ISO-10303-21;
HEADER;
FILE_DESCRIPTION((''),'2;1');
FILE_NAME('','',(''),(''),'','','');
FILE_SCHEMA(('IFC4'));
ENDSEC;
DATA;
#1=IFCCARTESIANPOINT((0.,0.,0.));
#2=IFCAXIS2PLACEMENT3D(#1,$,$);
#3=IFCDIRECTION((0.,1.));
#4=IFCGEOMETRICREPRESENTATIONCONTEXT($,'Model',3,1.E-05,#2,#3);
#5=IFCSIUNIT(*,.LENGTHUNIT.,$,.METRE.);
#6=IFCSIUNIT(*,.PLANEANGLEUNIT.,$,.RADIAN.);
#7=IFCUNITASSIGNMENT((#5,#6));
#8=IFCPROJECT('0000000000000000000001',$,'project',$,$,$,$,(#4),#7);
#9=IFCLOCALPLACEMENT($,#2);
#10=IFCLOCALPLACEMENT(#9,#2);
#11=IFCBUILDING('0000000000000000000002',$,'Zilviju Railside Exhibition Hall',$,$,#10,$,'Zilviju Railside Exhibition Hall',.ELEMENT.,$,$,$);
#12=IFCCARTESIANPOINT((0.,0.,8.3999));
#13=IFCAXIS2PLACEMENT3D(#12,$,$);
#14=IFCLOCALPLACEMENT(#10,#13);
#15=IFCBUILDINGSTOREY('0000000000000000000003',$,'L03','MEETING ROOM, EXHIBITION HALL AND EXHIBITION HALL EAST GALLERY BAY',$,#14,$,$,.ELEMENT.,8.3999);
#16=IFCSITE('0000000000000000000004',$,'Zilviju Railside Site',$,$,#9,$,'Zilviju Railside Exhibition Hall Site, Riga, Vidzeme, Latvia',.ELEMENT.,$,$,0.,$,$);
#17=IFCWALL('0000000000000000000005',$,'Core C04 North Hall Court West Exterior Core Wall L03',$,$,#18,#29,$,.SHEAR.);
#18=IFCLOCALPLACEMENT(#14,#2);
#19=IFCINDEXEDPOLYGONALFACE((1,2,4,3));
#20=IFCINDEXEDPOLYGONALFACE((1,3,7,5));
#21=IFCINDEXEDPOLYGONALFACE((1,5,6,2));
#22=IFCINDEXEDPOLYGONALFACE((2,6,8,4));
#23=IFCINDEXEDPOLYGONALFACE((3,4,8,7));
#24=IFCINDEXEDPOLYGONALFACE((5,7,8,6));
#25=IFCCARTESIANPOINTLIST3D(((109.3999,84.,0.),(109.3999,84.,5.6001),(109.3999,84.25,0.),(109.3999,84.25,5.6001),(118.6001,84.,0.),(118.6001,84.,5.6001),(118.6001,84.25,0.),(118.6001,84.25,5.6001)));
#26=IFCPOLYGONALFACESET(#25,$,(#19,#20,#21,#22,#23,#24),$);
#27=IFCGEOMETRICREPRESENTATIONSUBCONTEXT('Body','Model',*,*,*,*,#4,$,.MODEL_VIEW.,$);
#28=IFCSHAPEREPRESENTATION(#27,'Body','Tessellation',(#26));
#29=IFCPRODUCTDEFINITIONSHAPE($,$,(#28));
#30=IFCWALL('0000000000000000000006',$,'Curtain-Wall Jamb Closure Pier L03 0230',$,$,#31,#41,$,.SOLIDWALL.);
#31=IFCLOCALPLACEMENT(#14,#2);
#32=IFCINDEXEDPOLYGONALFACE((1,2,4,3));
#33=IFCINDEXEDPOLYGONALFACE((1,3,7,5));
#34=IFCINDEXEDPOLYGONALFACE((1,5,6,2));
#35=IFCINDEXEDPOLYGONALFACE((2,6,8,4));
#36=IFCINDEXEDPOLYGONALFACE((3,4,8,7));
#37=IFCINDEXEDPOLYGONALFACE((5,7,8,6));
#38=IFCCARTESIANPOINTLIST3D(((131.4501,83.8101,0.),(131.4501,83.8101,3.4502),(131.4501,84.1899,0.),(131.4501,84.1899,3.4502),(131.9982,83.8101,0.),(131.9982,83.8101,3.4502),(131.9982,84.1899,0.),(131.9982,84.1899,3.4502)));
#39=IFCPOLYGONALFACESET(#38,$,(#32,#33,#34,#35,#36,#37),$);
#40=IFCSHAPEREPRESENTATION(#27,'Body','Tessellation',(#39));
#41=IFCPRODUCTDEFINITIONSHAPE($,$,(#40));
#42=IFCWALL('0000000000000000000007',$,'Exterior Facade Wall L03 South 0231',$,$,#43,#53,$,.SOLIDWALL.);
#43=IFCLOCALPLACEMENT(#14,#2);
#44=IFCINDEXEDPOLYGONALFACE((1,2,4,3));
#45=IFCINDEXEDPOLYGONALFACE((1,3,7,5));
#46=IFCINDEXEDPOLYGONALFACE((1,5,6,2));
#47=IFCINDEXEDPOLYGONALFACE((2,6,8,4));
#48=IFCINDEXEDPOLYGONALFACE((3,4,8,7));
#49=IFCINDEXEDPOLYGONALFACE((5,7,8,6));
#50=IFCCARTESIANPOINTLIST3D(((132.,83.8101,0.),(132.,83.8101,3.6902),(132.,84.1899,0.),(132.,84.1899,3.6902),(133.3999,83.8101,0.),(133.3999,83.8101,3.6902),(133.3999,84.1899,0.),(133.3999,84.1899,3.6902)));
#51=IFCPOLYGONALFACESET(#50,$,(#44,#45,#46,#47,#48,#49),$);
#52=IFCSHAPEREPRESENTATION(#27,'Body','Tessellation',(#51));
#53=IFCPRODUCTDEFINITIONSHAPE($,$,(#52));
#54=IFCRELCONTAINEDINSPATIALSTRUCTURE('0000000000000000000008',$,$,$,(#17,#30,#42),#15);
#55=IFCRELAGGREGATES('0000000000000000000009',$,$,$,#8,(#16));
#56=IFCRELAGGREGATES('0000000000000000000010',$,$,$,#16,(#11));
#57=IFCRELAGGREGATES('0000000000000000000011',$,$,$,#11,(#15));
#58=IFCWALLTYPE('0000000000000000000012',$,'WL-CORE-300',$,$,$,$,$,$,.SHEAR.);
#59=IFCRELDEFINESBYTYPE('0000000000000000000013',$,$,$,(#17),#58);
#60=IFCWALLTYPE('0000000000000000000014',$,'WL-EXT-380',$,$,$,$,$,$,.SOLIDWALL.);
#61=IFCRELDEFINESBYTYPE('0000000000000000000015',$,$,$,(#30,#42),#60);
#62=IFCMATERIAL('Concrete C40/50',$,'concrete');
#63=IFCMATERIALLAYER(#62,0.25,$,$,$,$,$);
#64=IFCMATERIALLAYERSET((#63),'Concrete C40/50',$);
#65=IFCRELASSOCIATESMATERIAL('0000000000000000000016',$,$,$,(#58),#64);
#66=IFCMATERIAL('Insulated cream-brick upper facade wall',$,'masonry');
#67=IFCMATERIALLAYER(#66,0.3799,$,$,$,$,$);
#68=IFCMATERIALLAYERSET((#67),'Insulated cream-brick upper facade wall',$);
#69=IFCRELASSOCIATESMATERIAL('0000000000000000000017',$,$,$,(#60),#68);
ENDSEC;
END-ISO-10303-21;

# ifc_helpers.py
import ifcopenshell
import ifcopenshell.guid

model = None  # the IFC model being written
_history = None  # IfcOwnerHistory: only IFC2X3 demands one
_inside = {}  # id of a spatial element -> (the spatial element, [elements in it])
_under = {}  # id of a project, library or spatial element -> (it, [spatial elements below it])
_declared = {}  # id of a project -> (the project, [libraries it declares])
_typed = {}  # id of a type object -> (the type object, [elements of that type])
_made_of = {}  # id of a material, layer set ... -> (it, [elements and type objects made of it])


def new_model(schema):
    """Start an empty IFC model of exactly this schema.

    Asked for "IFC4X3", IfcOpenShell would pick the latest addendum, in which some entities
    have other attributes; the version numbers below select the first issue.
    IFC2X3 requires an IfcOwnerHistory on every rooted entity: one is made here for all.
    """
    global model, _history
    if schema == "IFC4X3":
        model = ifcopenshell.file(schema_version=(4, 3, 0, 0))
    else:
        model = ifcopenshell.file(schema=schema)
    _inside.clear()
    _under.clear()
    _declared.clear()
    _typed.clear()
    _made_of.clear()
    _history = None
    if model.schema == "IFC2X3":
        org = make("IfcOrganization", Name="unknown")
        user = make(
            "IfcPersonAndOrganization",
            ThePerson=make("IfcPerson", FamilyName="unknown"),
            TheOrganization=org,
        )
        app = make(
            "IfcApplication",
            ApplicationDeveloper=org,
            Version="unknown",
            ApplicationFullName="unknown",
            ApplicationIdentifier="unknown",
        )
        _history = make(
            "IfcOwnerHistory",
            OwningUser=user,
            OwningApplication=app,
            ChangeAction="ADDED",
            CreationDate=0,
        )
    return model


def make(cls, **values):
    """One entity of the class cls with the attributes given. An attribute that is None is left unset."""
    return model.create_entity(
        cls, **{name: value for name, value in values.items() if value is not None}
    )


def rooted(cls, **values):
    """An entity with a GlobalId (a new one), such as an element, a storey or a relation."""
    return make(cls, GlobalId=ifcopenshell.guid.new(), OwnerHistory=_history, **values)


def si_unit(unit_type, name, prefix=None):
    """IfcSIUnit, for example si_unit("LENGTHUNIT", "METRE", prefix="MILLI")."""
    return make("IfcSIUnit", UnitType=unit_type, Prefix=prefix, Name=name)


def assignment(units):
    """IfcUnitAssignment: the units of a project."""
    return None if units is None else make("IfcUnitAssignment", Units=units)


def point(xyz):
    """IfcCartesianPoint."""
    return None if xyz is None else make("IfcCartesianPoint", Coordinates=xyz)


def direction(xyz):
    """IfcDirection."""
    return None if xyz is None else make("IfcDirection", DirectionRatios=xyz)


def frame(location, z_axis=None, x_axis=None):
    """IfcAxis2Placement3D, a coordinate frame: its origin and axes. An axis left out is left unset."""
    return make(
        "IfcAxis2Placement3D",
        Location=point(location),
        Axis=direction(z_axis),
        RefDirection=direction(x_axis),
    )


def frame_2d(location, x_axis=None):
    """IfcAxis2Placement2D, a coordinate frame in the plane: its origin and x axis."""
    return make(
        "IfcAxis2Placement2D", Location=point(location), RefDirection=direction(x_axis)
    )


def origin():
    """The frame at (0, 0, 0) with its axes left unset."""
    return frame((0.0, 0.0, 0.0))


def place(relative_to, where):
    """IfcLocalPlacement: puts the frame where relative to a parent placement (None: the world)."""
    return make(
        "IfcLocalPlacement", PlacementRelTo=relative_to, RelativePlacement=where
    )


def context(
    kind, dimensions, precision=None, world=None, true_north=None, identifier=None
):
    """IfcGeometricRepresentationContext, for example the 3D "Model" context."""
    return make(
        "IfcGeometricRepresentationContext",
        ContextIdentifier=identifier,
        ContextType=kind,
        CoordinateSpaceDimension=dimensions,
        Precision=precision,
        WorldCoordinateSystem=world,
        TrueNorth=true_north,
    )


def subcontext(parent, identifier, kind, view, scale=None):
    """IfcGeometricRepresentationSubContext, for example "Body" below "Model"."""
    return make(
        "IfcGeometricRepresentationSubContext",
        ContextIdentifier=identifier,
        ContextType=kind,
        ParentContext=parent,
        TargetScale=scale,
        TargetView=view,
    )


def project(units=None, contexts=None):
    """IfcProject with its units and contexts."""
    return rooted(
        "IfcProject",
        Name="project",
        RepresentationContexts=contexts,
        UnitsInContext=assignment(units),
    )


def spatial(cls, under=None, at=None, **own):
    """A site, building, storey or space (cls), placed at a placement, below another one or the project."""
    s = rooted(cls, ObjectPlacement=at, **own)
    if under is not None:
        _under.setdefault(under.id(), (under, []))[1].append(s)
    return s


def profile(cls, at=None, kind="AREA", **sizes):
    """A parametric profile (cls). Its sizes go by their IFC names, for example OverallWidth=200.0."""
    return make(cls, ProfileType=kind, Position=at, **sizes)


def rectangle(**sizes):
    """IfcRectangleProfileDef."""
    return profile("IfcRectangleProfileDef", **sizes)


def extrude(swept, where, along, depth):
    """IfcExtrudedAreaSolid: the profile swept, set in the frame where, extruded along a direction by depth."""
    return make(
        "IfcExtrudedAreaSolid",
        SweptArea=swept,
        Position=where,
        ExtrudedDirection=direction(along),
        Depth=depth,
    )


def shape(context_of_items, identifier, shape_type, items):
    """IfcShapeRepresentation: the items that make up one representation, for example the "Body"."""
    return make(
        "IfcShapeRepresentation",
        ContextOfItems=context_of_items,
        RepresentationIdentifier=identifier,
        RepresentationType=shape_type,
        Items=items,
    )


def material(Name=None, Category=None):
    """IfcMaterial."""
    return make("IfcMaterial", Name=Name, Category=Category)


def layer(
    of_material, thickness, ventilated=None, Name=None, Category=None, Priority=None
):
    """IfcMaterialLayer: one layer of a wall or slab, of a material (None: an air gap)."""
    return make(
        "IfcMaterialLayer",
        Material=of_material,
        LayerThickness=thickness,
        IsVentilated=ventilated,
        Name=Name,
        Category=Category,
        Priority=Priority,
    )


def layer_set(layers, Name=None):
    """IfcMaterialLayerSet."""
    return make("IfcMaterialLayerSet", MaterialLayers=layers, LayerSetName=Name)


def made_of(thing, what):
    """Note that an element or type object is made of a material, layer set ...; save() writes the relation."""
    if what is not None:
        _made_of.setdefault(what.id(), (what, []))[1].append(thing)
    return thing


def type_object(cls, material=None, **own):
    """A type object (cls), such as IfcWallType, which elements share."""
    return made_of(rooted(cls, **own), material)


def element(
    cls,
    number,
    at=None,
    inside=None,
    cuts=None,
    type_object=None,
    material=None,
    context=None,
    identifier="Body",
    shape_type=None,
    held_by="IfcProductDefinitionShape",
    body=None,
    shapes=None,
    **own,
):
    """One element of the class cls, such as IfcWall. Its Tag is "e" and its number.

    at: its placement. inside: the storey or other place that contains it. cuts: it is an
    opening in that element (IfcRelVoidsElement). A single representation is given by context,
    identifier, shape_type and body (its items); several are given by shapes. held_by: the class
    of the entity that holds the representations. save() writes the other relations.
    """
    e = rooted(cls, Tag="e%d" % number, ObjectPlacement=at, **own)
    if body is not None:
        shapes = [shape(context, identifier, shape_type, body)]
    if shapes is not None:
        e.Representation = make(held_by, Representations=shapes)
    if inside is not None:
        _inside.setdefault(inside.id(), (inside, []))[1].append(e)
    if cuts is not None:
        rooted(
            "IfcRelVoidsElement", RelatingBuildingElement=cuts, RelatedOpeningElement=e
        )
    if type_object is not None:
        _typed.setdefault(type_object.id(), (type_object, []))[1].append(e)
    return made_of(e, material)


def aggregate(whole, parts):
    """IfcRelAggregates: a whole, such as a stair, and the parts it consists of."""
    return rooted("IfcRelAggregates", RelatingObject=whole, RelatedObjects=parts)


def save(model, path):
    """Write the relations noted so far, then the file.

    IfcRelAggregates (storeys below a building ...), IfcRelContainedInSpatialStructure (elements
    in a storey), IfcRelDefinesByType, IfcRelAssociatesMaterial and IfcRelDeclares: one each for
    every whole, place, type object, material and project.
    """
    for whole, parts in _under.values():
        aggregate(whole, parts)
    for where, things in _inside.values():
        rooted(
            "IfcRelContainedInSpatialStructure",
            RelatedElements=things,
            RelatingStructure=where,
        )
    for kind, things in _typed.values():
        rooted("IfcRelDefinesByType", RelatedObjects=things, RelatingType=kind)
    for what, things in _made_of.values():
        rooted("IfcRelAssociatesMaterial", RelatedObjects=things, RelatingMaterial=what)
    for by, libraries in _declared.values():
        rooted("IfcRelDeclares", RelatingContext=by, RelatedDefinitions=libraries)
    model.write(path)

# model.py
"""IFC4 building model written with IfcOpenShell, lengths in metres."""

from ifc_helpers import new_model, si_unit, direction, frame, frame_2d, origin, place, context, subcontext, project, spatial, rectangle, extrude, material, layer, layer_set, type_object, element, save


model = new_model("IFC4")

# Units and contexts
model_context = context("Model", 3, precision=1e-05, world=origin(), true_north=direction((0.0, 1.0)))
body_context = subcontext(model_context, "Body", "Model", "MODEL_VIEW")
ifc_project = project(units=[si_unit("LENGTHUNIT", "METRE"), si_unit("PLANEANGLEUNIT", "RADIAN")], contexts=[model_context])

# Site, building, storey
site_placement = place(None, origin())
site = spatial("IfcSite", under=ifc_project, at=site_placement, Name="Zilviju Railside Site", LongName="Zilviju Railside Exhibition Hall Site, Riga, Vidzeme, Latvia", CompositionType="ELEMENT", RefElevation=0.0)
building_placement = place(site_placement, origin())
building = spatial("IfcBuilding", under=site, at=building_placement, Name="Zilviju Railside Exhibition Hall", LongName="Zilviju Railside Exhibition Hall", CompositionType="ELEMENT")
storey_placement = place(building_placement, frame((0.0, 0.0, 8.3999)))
storey = spatial("IfcBuildingStorey", under=building, at=storey_placement, Name="L03", Description="MEETING ROOM, EXHIBITION HALL AND EXHIBITION HALL EAST GALLERY BAY", CompositionType="ELEMENT", Elevation=8.3999)

# Shared definitions
ifc_material_1 = material(Name="Concrete C40/50", Category="concrete")

# Walls
ifc_layer_1 = layer(ifc_material_1, 0.25)
ifc_layer_set_1 = layer_set([ifc_layer_1], Name="Concrete C40/50")
wall_type_1 = type_object("IfcWallType", Name="WL-CORE-300", PredefinedType="SHEAR", material=ifc_layer_set_1)
wall_1_placement = place(storey_placement, frame((118.6001, 84.125, 0.0), z_axis=(0.0, 0.0, 1.0), x_axis=(-1.0, 0.0, 0.0)))
element("IfcWall", 1, at=wall_1_placement, inside=storey, type_object=wall_type_1, Name="Core C04 North Hall Court West Exterior Core Wall L03", PredefinedType="SHEAR", context=body_context, shape_type="SweptSolid", body=[
    extrude(rectangle(XDim=9.2002, YDim=0.25, at=frame_2d((4.6001, 0.0))), origin(), (0.0, 0.0, 1.0), 5.6001),
])
ifc_material_2 = material(Name="Insulated cream-brick upper facade wall", Category="masonry")
ifc_layer_2 = layer(ifc_material_2, 0.3799)
ifc_layer_set_2 = layer_set([ifc_layer_2], Name="Insulated cream-brick upper facade wall")
wall_type_2 = type_object("IfcWallType", Name="WL-EXT-380", PredefinedType="SOLIDWALL", material=ifc_layer_set_2)
wall_2_placement = place(storey_placement, frame((131.998, 84.0, 0.0), z_axis=(0.0, 0.0, 1.0), x_axis=(-1.0, 0.0, 0.0)))
element("IfcWall", 2, at=wall_2_placement, inside=storey, type_object=wall_type_2, Name="Curtain-Wall Jamb Closure Pier L03 0230", PredefinedType="SOLIDWALL", context=body_context, shape_type="SweptSolid", body=[
    extrude(rectangle(XDim=0.5481, YDim=0.3799, at=frame_2d((0.2739, 0.0))), origin(), (0.0, 0.0, 1.0), 3.4502),
])
wall_3_placement = place(storey_placement, frame((133.3999, 84.0, 0.0), z_axis=(0.0, 0.0, 1.0), x_axis=(-1.0, 0.0, 0.0)))
element("IfcWall", 3, at=wall_3_placement, inside=storey, type_object=wall_type_2, Name="Exterior Facade Wall L03 South 0231", PredefinedType="SOLIDWALL", context=body_context, shape_type="SweptSolid", body=[
    extrude(rectangle(XDim=1.3999, YDim=0.3799, at=frame_2d((0.7, 0.0))), origin(), (0.0, 0.0, 1.0), 3.6902),
])

save(model, "model.ifc")
